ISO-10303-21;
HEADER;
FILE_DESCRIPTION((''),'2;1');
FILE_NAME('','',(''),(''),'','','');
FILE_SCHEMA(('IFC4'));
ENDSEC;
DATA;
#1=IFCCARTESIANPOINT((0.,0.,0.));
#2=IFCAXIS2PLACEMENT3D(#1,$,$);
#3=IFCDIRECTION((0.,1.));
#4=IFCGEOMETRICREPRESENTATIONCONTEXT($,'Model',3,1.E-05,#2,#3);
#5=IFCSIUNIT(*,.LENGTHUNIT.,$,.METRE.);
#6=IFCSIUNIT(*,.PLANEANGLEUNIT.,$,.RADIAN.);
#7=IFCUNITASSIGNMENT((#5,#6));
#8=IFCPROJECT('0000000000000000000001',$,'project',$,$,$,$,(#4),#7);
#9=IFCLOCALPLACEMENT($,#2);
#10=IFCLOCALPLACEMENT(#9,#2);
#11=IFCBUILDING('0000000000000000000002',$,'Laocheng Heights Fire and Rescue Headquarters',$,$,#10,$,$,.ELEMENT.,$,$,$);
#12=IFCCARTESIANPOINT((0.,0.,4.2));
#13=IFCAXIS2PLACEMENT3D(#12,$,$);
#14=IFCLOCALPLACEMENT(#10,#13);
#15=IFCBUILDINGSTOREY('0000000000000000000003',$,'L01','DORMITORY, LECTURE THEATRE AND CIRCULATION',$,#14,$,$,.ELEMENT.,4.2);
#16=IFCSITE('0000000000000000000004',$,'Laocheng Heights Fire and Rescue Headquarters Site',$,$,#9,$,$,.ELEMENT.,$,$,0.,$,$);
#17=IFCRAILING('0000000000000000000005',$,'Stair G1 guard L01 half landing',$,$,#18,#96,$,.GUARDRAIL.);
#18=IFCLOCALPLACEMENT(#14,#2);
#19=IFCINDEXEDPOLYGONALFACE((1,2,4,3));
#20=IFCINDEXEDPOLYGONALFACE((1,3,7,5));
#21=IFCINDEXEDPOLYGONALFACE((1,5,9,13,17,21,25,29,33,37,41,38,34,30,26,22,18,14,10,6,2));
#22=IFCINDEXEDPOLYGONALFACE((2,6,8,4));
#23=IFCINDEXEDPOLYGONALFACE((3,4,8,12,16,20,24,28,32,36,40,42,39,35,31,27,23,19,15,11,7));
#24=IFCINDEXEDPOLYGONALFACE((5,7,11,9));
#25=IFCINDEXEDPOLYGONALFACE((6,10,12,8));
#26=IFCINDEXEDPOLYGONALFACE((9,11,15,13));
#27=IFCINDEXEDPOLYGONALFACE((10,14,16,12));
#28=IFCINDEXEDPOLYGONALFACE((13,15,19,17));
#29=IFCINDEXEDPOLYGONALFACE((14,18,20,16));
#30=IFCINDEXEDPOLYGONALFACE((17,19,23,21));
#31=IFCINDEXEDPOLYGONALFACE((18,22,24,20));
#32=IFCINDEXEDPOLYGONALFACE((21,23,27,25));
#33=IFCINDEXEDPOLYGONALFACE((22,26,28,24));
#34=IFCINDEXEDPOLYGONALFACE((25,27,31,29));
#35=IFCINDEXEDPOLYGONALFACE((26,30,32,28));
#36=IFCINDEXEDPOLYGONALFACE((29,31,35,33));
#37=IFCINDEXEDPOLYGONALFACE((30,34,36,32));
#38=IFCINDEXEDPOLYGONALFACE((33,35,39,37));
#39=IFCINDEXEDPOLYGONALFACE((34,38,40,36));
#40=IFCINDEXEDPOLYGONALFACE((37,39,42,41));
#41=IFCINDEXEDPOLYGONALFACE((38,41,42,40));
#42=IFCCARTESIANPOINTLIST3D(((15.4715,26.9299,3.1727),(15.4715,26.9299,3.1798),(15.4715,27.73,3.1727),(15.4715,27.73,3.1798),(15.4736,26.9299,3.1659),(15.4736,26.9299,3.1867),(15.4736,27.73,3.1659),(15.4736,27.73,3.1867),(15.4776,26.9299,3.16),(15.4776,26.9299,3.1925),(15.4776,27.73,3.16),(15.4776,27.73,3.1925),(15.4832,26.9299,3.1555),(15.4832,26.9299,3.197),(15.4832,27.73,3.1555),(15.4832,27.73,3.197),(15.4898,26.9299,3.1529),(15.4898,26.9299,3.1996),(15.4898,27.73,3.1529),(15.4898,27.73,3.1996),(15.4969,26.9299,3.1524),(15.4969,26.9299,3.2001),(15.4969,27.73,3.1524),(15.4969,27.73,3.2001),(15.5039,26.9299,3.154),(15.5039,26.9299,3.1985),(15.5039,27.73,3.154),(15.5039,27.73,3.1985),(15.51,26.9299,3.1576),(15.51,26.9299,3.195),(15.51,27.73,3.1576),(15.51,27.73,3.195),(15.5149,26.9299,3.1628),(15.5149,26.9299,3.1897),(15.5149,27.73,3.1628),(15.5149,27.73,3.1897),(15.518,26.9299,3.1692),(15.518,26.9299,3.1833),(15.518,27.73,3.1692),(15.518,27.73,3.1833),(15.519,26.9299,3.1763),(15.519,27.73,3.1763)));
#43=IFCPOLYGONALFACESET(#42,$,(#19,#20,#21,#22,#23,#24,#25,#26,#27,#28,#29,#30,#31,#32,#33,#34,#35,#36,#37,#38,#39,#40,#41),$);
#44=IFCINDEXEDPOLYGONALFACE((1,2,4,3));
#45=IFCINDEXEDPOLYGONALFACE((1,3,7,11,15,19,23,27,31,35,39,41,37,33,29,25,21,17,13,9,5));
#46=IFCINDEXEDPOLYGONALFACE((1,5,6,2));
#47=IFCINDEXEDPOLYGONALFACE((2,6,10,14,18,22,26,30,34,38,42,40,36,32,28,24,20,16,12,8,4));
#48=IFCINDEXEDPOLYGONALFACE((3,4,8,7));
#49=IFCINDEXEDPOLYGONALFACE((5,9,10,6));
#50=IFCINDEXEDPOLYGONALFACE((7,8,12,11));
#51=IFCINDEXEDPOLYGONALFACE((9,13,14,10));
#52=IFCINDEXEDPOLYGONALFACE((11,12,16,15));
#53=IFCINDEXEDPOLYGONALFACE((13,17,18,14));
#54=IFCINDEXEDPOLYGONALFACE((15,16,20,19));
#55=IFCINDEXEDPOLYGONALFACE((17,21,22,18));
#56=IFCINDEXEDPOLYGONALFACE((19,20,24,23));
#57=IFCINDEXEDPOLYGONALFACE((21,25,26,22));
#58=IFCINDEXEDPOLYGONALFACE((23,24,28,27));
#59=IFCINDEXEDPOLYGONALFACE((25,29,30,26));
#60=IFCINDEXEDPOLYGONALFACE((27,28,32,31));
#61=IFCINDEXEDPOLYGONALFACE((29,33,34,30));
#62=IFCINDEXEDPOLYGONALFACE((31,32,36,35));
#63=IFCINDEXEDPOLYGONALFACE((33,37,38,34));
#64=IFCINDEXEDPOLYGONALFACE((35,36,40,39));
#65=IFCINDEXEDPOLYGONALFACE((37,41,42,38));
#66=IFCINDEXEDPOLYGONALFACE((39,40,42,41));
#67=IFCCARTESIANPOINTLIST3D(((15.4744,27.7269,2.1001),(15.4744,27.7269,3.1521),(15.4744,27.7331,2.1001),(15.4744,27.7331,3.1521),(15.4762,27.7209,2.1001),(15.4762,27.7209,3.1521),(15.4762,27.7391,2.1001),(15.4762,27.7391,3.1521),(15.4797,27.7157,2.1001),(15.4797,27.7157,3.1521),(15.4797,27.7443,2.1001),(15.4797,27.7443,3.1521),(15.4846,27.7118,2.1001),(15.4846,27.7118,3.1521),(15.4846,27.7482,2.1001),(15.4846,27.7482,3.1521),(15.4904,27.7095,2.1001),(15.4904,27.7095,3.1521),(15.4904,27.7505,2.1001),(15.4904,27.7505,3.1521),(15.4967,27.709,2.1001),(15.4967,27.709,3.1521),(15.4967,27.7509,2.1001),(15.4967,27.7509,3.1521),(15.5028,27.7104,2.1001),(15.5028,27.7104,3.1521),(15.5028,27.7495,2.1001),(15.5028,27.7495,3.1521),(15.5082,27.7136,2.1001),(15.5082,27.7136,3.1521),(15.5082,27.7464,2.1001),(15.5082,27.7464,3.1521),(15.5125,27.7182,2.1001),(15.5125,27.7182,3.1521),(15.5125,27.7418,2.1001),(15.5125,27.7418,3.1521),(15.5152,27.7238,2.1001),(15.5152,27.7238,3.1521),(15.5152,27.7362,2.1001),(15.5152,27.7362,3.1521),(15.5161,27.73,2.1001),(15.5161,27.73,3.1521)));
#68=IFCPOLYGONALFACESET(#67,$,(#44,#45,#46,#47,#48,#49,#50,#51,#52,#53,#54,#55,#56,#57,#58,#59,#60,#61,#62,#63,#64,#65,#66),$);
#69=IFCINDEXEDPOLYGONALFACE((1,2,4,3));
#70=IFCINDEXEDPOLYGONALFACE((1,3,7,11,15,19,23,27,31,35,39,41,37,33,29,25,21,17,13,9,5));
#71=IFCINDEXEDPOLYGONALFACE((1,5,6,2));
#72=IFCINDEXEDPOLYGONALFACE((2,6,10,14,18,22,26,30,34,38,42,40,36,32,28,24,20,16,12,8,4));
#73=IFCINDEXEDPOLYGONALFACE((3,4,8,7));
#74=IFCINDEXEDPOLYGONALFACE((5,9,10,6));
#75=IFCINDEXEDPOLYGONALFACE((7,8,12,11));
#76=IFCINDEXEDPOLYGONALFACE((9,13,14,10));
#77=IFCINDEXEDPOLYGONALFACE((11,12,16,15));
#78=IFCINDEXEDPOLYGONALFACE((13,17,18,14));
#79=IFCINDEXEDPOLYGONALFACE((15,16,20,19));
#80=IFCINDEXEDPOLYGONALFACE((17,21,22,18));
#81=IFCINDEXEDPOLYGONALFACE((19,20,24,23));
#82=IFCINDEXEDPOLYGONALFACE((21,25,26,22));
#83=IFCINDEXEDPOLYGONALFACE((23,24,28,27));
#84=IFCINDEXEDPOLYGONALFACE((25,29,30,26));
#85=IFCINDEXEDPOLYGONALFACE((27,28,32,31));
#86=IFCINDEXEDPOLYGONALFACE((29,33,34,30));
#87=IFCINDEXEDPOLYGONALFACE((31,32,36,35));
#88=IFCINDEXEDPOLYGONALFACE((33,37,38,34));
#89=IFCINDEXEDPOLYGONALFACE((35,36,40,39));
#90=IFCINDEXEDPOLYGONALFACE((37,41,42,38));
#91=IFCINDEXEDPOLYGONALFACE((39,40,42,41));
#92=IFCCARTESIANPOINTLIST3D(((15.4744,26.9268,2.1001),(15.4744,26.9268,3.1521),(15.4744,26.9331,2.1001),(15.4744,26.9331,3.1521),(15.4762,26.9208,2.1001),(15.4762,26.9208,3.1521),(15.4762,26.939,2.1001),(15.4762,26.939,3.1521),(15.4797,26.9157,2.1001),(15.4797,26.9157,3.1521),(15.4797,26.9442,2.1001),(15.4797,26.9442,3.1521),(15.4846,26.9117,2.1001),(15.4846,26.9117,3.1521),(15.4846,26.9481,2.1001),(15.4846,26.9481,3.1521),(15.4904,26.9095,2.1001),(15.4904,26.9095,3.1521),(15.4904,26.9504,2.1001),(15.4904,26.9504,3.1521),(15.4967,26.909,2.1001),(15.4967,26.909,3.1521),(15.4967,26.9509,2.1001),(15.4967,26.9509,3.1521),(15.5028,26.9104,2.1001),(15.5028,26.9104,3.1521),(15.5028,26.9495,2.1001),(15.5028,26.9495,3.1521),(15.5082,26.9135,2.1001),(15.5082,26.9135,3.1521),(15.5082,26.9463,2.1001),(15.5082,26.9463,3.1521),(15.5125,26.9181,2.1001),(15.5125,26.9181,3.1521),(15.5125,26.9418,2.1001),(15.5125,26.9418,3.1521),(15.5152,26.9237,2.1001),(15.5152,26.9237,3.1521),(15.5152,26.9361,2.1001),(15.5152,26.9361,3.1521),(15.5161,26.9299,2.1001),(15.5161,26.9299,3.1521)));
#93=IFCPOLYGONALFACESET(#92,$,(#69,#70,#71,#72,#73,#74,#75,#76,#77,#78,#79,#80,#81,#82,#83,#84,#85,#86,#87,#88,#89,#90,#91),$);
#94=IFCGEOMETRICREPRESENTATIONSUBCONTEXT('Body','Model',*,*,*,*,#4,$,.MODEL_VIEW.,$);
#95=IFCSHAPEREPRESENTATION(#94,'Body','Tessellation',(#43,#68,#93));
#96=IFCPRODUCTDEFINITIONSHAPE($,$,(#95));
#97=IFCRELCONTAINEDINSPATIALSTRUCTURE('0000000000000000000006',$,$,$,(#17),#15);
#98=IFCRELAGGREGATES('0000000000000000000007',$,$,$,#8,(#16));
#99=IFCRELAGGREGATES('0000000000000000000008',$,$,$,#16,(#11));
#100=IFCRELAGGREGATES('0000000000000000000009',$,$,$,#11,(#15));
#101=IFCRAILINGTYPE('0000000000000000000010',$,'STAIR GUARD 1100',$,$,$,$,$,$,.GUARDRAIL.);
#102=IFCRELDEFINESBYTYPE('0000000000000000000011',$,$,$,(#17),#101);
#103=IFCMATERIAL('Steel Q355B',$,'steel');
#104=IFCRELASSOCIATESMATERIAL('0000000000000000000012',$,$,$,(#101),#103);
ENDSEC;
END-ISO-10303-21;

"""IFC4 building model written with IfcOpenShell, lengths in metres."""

from ifc_helpers import new_model, si_unit, direction, frame, origin, origin_2d, place, context, subcontext, project, spatial, circle, extrude, material, type_object, element, save


model = new_model("IFC4")

# Units and contexts
model_context = context("Model", 3, precision=1e-05, world=origin(), true_north=direction((0.0, 1.0)))
body_context = subcontext(model_context, "Body", "Model", "MODEL_VIEW")
ifc_project = project(units=[si_unit("LENGTHUNIT", "METRE"), si_unit("PLANEANGLEUNIT", "RADIAN")], contexts=[model_context])

# Site, building, storey
site_placement = place(None, origin())
site = spatial("IfcSite", under=ifc_project, at=site_placement, Name="Laocheng Heights Fire and Rescue Headquarters Site", CompositionType="ELEMENT", RefElevation=0.0)
building_placement = place(site_placement, origin())
building = spatial("IfcBuilding", under=site, at=building_placement, Name="Laocheng Heights Fire and Rescue Headquarters", CompositionType="ELEMENT")
storey_placement = place(building_placement, frame((0.0, 0.0, 4.2)))
storey = spatial("IfcBuildingStorey", under=building, at=storey_placement, Name="L01", Description="DORMITORY, LECTURE THEATRE AND CIRCULATION", CompositionType="ELEMENT", Elevation=4.2)

# Railing
ifc_material_1 = material(Name="Steel Q355B", Category="steel")
railing_type_1 = type_object("IfcRailingType", Name="STAIR GUARD 1100", PredefinedType="GUARDRAIL", material=ifc_material_1)
railing_1_placement = place(storey_placement, frame((15.4951, 27.73, 2.1001)))
element("IfcRailing", 1, at=railing_1_placement, inside=storey, type_object=railing_type_1, Name="Stair G1 guard L01 half landing", PredefinedType="GUARDRAIL", context=body_context, shape_type="SweptSolid", body=[
    extrude(circle(Radius=0.0239, at=origin_2d()), frame((0.0, 0.0, 1.0762), z_axis=(0.0, -1.0, 0.0), x_axis=(1.0, 0.0, 0.0)), (0.0, 0.0, 1.0), 0.8),
    extrude(circle(Radius=0.021, at=origin_2d()), origin(), (0.0, 0.0, 1.0), 1.052),
    extrude(circle(Radius=0.021, at=origin_2d()), frame((0.0, -0.8, 0.0)), (0.0, 0.0, 1.0), 1.052),
])

save(model, "model.ifc")
